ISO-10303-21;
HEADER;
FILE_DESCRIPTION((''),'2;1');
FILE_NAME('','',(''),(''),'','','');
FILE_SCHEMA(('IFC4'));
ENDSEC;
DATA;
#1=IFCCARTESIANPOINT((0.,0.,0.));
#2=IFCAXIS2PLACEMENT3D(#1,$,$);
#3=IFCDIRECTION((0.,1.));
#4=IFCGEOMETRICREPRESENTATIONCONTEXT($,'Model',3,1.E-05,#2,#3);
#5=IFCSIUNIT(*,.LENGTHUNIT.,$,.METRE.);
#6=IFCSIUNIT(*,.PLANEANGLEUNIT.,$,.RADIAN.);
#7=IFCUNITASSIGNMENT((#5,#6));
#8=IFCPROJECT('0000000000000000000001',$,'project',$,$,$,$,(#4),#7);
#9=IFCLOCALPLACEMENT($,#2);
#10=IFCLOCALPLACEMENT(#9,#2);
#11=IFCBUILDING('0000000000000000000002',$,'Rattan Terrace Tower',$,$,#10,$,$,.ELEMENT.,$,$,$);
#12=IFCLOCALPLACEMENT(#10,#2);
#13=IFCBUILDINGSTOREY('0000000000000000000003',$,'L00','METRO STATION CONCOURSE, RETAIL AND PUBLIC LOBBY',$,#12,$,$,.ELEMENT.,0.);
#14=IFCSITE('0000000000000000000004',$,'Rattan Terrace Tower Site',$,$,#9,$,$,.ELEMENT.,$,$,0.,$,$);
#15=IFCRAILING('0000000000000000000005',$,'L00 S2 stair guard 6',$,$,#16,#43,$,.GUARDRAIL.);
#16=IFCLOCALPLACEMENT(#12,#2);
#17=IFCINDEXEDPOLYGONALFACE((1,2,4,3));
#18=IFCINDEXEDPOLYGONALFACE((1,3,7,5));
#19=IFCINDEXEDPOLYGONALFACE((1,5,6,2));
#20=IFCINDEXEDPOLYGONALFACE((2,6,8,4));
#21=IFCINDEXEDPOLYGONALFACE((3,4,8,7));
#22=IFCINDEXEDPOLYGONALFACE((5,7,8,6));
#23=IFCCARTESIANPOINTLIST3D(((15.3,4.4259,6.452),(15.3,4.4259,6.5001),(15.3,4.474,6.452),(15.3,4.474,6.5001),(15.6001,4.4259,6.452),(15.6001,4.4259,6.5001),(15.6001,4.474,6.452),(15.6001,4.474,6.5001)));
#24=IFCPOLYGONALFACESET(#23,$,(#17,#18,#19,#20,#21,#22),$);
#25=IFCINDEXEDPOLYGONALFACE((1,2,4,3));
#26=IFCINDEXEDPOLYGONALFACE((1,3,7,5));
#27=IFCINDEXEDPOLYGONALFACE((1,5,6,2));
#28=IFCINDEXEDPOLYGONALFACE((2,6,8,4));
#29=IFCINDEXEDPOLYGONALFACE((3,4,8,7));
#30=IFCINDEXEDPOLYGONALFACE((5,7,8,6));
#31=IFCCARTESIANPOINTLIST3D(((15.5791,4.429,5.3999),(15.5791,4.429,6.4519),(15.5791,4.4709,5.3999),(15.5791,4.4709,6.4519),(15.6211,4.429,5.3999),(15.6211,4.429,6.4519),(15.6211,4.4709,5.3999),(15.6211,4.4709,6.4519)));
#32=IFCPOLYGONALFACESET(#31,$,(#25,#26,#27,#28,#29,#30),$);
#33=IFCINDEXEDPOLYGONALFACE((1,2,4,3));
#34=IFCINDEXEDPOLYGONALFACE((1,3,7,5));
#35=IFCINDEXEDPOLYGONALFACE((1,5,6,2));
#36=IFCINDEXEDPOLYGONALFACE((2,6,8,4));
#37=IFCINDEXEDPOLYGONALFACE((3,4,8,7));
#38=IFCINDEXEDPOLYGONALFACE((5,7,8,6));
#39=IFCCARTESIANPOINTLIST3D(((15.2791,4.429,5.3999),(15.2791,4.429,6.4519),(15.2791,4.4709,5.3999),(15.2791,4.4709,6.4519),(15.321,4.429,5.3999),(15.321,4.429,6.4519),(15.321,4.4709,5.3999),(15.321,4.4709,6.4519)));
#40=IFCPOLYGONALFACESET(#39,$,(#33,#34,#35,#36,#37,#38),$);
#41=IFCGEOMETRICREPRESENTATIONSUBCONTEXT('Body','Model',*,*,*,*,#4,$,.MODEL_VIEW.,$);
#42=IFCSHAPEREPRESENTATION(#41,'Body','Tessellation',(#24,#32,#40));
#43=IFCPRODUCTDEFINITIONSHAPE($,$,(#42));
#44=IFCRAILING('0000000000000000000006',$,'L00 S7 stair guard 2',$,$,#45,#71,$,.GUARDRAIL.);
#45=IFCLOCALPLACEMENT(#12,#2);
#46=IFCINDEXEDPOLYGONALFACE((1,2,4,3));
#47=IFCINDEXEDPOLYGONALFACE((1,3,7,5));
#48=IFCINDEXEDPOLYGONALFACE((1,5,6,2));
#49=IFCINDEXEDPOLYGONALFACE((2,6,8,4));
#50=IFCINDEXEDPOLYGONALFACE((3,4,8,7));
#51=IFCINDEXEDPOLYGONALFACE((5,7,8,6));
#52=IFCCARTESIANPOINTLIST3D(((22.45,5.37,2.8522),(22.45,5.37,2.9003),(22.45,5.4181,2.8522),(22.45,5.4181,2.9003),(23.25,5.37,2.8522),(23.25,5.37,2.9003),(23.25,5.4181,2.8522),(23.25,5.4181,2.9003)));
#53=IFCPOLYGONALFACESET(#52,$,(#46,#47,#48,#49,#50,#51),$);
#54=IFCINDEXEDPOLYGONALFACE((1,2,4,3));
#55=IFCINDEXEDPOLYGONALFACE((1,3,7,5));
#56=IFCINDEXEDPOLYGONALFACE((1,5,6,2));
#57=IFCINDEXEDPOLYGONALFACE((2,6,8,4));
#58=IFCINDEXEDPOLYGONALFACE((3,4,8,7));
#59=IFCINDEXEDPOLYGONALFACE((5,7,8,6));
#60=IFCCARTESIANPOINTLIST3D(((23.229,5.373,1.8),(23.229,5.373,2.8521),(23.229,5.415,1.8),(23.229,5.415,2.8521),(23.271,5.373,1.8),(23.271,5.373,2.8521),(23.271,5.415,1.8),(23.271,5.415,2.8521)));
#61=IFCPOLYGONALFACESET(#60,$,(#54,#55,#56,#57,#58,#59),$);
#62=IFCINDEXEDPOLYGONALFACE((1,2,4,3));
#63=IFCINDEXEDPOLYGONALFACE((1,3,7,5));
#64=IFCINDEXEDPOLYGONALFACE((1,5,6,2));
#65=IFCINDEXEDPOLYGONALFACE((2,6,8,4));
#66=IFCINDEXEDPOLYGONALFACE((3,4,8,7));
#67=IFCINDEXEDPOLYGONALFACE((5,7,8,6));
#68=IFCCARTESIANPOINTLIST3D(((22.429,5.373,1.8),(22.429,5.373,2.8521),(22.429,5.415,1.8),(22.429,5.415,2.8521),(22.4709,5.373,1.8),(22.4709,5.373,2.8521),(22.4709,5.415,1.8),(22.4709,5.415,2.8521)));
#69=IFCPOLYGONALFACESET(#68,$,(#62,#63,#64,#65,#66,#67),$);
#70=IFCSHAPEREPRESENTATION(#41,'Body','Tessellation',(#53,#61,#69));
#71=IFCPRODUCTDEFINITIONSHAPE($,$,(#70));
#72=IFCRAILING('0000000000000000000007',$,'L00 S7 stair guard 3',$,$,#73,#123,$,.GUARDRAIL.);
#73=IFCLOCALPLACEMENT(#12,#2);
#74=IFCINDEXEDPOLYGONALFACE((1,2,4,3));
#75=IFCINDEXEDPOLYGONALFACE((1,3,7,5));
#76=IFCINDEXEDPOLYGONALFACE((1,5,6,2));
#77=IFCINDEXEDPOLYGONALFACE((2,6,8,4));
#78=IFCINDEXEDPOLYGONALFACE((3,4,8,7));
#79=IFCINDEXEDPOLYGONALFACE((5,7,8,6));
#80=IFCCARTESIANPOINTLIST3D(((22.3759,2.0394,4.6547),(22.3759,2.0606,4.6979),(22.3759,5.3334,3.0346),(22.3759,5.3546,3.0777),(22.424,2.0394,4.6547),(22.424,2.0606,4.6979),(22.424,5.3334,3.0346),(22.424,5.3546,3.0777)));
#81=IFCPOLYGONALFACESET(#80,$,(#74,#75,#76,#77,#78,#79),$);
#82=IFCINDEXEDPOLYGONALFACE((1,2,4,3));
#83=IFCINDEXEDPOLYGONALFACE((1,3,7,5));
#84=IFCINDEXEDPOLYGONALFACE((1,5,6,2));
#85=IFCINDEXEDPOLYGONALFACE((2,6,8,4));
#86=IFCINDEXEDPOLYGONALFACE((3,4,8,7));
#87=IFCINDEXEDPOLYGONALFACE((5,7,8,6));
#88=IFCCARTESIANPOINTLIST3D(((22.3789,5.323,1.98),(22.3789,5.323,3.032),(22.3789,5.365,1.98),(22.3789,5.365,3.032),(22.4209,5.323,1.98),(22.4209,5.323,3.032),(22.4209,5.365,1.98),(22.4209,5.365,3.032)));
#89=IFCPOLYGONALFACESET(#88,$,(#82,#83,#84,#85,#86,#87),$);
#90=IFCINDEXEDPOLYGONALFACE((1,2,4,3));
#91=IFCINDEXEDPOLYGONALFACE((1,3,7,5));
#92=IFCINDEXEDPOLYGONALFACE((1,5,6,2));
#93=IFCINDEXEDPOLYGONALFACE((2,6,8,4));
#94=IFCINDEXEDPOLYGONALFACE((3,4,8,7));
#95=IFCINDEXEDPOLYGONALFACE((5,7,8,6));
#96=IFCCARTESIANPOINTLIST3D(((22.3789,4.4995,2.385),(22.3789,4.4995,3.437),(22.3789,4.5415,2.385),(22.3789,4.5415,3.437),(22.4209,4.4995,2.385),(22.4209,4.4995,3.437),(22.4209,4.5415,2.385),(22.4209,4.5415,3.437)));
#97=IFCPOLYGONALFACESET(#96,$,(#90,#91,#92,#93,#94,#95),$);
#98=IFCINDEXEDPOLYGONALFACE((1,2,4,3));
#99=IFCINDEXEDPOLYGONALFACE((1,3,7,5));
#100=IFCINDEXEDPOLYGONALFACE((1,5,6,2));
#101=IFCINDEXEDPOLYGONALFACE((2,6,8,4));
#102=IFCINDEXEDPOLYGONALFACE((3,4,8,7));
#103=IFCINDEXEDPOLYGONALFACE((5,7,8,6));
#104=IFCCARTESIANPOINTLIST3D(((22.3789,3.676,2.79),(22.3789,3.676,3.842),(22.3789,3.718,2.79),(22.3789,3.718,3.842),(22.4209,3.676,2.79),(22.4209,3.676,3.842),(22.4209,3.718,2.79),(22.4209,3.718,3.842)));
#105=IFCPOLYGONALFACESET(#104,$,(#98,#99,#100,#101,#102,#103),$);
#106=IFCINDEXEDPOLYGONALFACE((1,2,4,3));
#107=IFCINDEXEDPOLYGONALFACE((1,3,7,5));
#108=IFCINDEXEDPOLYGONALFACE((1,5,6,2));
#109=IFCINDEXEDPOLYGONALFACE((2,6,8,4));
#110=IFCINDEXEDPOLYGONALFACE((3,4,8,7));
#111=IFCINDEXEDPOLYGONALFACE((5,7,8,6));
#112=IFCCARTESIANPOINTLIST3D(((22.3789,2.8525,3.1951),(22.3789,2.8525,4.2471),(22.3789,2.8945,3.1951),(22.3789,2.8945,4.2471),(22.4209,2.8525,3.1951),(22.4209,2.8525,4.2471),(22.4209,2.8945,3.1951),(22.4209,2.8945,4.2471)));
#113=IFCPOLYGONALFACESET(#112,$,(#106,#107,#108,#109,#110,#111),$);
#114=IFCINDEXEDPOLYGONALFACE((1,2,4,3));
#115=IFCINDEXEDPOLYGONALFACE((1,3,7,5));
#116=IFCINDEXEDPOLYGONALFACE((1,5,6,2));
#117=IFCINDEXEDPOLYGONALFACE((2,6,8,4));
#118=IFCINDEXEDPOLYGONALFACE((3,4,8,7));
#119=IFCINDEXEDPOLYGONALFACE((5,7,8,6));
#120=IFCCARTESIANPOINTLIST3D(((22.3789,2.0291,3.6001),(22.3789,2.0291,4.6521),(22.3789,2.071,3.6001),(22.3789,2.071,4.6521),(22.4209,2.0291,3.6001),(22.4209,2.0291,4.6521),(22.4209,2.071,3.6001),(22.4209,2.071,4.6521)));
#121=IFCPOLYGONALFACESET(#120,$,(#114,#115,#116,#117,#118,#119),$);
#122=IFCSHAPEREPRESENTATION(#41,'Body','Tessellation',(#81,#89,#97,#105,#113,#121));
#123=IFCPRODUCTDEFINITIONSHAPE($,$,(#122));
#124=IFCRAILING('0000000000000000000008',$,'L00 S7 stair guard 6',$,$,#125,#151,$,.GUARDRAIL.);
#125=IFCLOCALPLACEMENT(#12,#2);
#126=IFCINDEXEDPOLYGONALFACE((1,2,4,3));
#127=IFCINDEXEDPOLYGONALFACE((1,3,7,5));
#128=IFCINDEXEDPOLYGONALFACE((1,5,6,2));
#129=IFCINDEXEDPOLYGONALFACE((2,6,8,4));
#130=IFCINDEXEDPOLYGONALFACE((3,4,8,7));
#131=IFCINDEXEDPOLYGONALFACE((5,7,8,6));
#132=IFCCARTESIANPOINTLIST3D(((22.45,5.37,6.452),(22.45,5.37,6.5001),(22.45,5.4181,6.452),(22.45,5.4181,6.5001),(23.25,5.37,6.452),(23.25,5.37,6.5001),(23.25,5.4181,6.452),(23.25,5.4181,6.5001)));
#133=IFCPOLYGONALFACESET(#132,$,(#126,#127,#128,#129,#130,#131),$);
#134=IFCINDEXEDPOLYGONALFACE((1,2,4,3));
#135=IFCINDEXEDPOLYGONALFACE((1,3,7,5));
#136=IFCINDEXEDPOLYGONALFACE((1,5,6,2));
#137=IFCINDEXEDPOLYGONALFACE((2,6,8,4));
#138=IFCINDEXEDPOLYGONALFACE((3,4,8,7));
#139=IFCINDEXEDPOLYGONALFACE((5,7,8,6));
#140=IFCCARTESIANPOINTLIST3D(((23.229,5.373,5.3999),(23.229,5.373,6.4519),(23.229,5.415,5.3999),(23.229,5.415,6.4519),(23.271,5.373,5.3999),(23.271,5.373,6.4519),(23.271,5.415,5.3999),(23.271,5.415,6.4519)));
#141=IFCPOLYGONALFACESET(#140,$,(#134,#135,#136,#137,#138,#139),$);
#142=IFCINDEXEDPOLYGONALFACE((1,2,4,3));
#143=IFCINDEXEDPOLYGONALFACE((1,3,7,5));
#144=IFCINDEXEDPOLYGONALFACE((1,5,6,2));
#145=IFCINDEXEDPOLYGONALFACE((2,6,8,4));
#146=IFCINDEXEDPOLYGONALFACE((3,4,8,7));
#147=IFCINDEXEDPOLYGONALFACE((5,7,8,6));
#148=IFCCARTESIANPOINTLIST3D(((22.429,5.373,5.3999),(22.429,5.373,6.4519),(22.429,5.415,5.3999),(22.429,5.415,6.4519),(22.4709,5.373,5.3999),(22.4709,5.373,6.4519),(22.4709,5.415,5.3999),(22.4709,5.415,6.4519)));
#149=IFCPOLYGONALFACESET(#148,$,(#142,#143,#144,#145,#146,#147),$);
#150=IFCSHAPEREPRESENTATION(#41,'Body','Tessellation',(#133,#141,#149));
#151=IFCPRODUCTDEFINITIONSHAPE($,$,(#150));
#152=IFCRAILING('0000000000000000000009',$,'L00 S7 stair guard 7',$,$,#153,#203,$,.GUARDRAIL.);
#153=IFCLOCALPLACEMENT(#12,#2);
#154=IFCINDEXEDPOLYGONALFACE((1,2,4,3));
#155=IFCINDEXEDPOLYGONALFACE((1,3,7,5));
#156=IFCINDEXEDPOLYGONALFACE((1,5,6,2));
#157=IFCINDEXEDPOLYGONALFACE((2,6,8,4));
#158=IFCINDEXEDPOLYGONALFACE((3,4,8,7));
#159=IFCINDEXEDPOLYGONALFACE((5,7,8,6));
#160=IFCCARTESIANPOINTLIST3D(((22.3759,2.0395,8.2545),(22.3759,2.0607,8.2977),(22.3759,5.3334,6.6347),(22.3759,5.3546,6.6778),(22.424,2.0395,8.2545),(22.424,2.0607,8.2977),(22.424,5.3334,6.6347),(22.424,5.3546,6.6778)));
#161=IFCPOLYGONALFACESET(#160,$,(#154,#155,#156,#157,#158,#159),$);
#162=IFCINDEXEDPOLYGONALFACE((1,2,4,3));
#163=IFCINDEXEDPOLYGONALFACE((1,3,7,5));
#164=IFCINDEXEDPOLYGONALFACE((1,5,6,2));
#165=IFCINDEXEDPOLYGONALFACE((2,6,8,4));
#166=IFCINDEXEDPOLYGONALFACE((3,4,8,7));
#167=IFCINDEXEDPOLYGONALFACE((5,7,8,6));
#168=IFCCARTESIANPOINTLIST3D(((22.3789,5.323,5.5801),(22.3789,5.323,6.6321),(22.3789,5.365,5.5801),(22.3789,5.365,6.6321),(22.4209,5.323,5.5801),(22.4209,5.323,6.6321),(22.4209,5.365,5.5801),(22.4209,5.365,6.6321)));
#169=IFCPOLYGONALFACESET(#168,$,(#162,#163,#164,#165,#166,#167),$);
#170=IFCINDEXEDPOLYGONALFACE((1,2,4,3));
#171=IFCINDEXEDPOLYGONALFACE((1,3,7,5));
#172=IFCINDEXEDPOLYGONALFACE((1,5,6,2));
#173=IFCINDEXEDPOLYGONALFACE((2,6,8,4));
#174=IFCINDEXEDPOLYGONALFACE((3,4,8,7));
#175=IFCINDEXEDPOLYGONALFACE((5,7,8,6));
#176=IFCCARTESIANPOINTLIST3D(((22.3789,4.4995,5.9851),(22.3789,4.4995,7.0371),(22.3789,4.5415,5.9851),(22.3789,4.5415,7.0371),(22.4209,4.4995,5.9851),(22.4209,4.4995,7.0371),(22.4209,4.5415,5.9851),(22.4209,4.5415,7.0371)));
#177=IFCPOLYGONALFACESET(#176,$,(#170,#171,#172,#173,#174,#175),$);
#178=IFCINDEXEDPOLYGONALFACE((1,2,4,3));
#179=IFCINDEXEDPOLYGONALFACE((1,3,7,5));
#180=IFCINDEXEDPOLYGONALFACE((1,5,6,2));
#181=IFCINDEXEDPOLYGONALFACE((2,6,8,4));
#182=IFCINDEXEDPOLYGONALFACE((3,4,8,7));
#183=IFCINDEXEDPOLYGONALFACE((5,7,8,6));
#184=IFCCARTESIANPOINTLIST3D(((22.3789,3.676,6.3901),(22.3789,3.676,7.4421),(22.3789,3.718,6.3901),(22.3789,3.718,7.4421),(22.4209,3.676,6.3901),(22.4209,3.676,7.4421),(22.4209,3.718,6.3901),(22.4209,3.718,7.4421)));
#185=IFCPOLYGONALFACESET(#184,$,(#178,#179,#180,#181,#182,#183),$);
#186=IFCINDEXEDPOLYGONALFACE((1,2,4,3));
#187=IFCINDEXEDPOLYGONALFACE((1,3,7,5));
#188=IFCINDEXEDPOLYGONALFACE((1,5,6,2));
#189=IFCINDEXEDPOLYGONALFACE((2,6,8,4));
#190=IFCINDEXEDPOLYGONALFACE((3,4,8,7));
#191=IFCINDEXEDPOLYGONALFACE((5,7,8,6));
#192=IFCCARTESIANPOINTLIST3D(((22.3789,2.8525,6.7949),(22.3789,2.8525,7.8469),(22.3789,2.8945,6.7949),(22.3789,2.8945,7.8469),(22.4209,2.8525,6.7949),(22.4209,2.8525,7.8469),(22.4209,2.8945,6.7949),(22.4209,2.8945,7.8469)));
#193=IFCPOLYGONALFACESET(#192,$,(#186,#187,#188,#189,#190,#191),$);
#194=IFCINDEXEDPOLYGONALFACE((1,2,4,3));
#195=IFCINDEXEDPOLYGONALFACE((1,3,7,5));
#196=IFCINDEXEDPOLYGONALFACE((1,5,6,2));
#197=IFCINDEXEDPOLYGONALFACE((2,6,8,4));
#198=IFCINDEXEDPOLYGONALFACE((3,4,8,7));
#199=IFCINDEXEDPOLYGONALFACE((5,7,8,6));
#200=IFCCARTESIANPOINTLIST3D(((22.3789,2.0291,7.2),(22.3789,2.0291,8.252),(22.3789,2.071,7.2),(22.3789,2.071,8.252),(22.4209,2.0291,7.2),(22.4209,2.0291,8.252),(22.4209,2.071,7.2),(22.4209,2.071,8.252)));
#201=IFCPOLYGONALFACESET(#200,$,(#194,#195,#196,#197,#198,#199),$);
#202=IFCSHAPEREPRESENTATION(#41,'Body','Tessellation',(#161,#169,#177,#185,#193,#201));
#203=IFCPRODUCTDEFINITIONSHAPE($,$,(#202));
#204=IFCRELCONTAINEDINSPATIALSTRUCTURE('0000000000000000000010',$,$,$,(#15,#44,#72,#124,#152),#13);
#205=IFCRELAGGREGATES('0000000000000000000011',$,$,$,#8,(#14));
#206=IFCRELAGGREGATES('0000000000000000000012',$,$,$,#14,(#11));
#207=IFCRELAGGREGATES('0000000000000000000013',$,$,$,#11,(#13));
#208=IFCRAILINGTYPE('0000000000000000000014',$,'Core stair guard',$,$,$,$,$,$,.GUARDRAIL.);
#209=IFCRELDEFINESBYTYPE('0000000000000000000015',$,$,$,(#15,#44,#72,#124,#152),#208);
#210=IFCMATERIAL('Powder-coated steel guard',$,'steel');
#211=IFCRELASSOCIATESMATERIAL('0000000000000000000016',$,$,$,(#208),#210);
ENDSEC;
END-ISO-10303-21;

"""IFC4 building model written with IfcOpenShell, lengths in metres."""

from ifc_helpers import new_model, si_unit, direction, frame, origin, origin_2d, place, context, subcontext, project, spatial, rectangle, extrude, material, type_object, element, save


model = new_model("IFC4")

# Units and contexts
model_context = context("Model", 3, precision=1e-05, world=origin(), true_north=direction((0.0, 1.0)))
body_context = subcontext(model_context, "Body", "Model", "MODEL_VIEW")
ifc_project = project(units=[si_unit("LENGTHUNIT", "METRE"), si_unit("PLANEANGLEUNIT", "RADIAN")], contexts=[model_context])

# Site, building, storey
site_placement = place(None, origin())
site = spatial("IfcSite", under=ifc_project, at=site_placement, Name="Rattan Terrace Tower Site", CompositionType="ELEMENT", RefElevation=0.0)
building_placement = place(site_placement, origin())
building = spatial("IfcBuilding", under=site, at=building_placement, Name="Rattan Terrace Tower", CompositionType="ELEMENT")
storey_placement = place(building_placement, origin())
storey = spatial("IfcBuildingStorey", under=building, at=storey_placement, Name="L00", Description="METRO STATION CONCOURSE, RETAIL AND PUBLIC LOBBY", CompositionType="ELEMENT", Elevation=0.0)

# Railings
ifc_material_1 = material(Name="Powder-coated steel guard", Category="steel")
railing_type_1 = type_object("IfcRailingType", Name="Core stair guard", PredefinedType="GUARDRAIL", material=ifc_material_1)
for number, where, name in (
    (1, (15.6001, 4.45, 5.3999), "L00 S2 stair guard 6"),
):
    element("IfcRailing", number, at=place(storey_placement, frame(where)), inside=storey, type_object=railing_type_1, Name=name, PredefinedType="GUARDRAIL", context=body_context, shape_type="SweptSolid", body=[
        extrude(rectangle(XDim=0.0481, YDim=0.0481, at=origin_2d()), frame((0.0, 0.0, 1.0762), z_axis=(-1.0, 0.0, 0.0), x_axis=(0.0, -1.0, 0.0)), (0.0, 0.0, 1.0), 0.3),
        extrude(rectangle(XDim=0.042, YDim=0.042, at=origin_2d()), origin(), (0.0, 0.0, 1.0), 1.052),
        extrude(rectangle(XDim=0.042, YDim=0.042, at=origin_2d()), frame((-0.3, 0.0, 0.0)), (0.0, 0.0, 1.0), 1.052),
    ])
railing_1_placement = place(storey_placement, frame((23.25, 5.394, 1.8)))
element("IfcRailing", 2, at=railing_1_placement, inside=storey, type_object=railing_type_1, Name="L00 S7 stair guard 2", PredefinedType="GUARDRAIL", context=body_context, shape_type="SweptSolid", body=[
    extrude(rectangle(XDim=0.0481, YDim=0.0481, at=origin_2d()), frame((0.0, 0.0, 1.0762), z_axis=(-1.0, 0.0, 0.0), x_axis=(0.0, -1.0, 0.0)), (0.0, 0.0, 1.0), 0.8),
    extrude(rectangle(XDim=0.042, YDim=0.042, at=origin_2d()), origin(), (0.0, 0.0, 1.0), 1.052),
    extrude(rectangle(XDim=0.042, YDim=0.042, at=origin_2d()), frame((-0.8, 0.0, 0.0)), (0.0, 0.0, 1.0), 1.052),
])
railing_2_placement = place(storey_placement, frame((22.3999, 5.344, 1.98)))
element("IfcRailing", 3, at=railing_2_placement, inside=storey, type_object=railing_type_1, Name="L00 S7 stair guard 3", PredefinedType="GUARDRAIL", context=body_context, shape_type="SweptSolid", body=[
    extrude(rectangle(XDim=0.0481, YDim=0.0481, at=origin_2d()), frame((0.0, 0.0, 1.0762), z_axis=(0.0, -0.897334, 0.441351), x_axis=(1.0, 0.0, 0.0)), (0.0, 0.0, 1.0), 3.6709),
    extrude(rectangle(XDim=0.042, YDim=0.042, at=origin_2d()), origin(), (0.0, 0.0, 1.0), 1.052),
    extrude(rectangle(XDim=0.042, YDim=0.042, at=origin_2d()), frame((0.0, -0.8235, 0.405)), (0.0, 0.0, 1.0), 1.052),
    extrude(rectangle(XDim=0.042, YDim=0.042, at=origin_2d()), frame((0.0, -1.647, 0.8101)), (0.0, 0.0, 1.0), 1.052),
    extrude(rectangle(XDim=0.042, YDim=0.042, at=origin_2d()), frame((0.0, -2.4705, 1.2151)), (0.0, 0.0, 1.0), 1.052),
    extrude(rectangle(XDim=0.042, YDim=0.042, at=origin_2d()), frame((0.0, -3.2939, 1.6201)), (0.0, 0.0, 1.0), 1.052),
])
railing_3_placement = place(storey_placement, frame((23.25, 5.394, 5.3999)))
element("IfcRailing", 4, at=railing_3_placement, inside=storey, type_object=railing_type_1, Name="L00 S7 stair guard 6", PredefinedType="GUARDRAIL", context=body_context, shape_type="SweptSolid", body=[
    extrude(rectangle(XDim=0.0481, YDim=0.0481, at=origin_2d()), frame((0.0, 0.0, 1.0762), z_axis=(-1.0, 0.0, 0.0), x_axis=(0.0, -1.0, 0.0)), (0.0, 0.0, 1.0), 0.8),
    extrude(rectangle(XDim=0.042, YDim=0.042, at=origin_2d()), origin(), (0.0, 0.0, 1.0), 1.052),
    extrude(rectangle(XDim=0.042, YDim=0.042, at=origin_2d()), frame((-0.8, 0.0, 0.0)), (0.0, 0.0, 1.0), 1.052),
])
railing_4_placement = place(storey_placement, frame((22.3999, 5.344, 5.5801)))
element("IfcRailing", 5, at=railing_4_placement, inside=storey, type_object=railing_type_1, Name="L00 S7 stair guard 7", PredefinedType="GUARDRAIL", context=body_context, shape_type="SweptSolid", body=[
    extrude(rectangle(XDim=0.0481, YDim=0.0481, at=origin_2d()), frame((0.0, 0.0, 1.0762), z_axis=(0.0, -0.897361, 0.441298), x_axis=(1.0, 0.0, 0.0)), (0.0, 0.0, 1.0), 3.6707),
    extrude(rectangle(XDim=0.042, YDim=0.042, at=origin_2d()), origin(), (0.0, 0.0, 1.0), 1.052),
    extrude(rectangle(XDim=0.042, YDim=0.042, at=origin_2d()), frame((0.0, -0.8235, 0.405)), (0.0, 0.0, 1.0), 1.052),
    extrude(rectangle(XDim=0.042, YDim=0.042, at=origin_2d()), frame((0.0, -1.647, 0.8101)), (0.0, 0.0, 1.0), 1.052),
    extrude(rectangle(XDim=0.042, YDim=0.042, at=origin_2d()), frame((0.0, -2.4705, 1.2148)), (0.0, 0.0, 1.0), 1.052),
    extrude(rectangle(XDim=0.042, YDim=0.042, at=origin_2d()), frame((0.0, -3.2939, 1.6199)), (0.0, 0.0, 1.0), 1.052),
])

save(model, "model.ifc")
